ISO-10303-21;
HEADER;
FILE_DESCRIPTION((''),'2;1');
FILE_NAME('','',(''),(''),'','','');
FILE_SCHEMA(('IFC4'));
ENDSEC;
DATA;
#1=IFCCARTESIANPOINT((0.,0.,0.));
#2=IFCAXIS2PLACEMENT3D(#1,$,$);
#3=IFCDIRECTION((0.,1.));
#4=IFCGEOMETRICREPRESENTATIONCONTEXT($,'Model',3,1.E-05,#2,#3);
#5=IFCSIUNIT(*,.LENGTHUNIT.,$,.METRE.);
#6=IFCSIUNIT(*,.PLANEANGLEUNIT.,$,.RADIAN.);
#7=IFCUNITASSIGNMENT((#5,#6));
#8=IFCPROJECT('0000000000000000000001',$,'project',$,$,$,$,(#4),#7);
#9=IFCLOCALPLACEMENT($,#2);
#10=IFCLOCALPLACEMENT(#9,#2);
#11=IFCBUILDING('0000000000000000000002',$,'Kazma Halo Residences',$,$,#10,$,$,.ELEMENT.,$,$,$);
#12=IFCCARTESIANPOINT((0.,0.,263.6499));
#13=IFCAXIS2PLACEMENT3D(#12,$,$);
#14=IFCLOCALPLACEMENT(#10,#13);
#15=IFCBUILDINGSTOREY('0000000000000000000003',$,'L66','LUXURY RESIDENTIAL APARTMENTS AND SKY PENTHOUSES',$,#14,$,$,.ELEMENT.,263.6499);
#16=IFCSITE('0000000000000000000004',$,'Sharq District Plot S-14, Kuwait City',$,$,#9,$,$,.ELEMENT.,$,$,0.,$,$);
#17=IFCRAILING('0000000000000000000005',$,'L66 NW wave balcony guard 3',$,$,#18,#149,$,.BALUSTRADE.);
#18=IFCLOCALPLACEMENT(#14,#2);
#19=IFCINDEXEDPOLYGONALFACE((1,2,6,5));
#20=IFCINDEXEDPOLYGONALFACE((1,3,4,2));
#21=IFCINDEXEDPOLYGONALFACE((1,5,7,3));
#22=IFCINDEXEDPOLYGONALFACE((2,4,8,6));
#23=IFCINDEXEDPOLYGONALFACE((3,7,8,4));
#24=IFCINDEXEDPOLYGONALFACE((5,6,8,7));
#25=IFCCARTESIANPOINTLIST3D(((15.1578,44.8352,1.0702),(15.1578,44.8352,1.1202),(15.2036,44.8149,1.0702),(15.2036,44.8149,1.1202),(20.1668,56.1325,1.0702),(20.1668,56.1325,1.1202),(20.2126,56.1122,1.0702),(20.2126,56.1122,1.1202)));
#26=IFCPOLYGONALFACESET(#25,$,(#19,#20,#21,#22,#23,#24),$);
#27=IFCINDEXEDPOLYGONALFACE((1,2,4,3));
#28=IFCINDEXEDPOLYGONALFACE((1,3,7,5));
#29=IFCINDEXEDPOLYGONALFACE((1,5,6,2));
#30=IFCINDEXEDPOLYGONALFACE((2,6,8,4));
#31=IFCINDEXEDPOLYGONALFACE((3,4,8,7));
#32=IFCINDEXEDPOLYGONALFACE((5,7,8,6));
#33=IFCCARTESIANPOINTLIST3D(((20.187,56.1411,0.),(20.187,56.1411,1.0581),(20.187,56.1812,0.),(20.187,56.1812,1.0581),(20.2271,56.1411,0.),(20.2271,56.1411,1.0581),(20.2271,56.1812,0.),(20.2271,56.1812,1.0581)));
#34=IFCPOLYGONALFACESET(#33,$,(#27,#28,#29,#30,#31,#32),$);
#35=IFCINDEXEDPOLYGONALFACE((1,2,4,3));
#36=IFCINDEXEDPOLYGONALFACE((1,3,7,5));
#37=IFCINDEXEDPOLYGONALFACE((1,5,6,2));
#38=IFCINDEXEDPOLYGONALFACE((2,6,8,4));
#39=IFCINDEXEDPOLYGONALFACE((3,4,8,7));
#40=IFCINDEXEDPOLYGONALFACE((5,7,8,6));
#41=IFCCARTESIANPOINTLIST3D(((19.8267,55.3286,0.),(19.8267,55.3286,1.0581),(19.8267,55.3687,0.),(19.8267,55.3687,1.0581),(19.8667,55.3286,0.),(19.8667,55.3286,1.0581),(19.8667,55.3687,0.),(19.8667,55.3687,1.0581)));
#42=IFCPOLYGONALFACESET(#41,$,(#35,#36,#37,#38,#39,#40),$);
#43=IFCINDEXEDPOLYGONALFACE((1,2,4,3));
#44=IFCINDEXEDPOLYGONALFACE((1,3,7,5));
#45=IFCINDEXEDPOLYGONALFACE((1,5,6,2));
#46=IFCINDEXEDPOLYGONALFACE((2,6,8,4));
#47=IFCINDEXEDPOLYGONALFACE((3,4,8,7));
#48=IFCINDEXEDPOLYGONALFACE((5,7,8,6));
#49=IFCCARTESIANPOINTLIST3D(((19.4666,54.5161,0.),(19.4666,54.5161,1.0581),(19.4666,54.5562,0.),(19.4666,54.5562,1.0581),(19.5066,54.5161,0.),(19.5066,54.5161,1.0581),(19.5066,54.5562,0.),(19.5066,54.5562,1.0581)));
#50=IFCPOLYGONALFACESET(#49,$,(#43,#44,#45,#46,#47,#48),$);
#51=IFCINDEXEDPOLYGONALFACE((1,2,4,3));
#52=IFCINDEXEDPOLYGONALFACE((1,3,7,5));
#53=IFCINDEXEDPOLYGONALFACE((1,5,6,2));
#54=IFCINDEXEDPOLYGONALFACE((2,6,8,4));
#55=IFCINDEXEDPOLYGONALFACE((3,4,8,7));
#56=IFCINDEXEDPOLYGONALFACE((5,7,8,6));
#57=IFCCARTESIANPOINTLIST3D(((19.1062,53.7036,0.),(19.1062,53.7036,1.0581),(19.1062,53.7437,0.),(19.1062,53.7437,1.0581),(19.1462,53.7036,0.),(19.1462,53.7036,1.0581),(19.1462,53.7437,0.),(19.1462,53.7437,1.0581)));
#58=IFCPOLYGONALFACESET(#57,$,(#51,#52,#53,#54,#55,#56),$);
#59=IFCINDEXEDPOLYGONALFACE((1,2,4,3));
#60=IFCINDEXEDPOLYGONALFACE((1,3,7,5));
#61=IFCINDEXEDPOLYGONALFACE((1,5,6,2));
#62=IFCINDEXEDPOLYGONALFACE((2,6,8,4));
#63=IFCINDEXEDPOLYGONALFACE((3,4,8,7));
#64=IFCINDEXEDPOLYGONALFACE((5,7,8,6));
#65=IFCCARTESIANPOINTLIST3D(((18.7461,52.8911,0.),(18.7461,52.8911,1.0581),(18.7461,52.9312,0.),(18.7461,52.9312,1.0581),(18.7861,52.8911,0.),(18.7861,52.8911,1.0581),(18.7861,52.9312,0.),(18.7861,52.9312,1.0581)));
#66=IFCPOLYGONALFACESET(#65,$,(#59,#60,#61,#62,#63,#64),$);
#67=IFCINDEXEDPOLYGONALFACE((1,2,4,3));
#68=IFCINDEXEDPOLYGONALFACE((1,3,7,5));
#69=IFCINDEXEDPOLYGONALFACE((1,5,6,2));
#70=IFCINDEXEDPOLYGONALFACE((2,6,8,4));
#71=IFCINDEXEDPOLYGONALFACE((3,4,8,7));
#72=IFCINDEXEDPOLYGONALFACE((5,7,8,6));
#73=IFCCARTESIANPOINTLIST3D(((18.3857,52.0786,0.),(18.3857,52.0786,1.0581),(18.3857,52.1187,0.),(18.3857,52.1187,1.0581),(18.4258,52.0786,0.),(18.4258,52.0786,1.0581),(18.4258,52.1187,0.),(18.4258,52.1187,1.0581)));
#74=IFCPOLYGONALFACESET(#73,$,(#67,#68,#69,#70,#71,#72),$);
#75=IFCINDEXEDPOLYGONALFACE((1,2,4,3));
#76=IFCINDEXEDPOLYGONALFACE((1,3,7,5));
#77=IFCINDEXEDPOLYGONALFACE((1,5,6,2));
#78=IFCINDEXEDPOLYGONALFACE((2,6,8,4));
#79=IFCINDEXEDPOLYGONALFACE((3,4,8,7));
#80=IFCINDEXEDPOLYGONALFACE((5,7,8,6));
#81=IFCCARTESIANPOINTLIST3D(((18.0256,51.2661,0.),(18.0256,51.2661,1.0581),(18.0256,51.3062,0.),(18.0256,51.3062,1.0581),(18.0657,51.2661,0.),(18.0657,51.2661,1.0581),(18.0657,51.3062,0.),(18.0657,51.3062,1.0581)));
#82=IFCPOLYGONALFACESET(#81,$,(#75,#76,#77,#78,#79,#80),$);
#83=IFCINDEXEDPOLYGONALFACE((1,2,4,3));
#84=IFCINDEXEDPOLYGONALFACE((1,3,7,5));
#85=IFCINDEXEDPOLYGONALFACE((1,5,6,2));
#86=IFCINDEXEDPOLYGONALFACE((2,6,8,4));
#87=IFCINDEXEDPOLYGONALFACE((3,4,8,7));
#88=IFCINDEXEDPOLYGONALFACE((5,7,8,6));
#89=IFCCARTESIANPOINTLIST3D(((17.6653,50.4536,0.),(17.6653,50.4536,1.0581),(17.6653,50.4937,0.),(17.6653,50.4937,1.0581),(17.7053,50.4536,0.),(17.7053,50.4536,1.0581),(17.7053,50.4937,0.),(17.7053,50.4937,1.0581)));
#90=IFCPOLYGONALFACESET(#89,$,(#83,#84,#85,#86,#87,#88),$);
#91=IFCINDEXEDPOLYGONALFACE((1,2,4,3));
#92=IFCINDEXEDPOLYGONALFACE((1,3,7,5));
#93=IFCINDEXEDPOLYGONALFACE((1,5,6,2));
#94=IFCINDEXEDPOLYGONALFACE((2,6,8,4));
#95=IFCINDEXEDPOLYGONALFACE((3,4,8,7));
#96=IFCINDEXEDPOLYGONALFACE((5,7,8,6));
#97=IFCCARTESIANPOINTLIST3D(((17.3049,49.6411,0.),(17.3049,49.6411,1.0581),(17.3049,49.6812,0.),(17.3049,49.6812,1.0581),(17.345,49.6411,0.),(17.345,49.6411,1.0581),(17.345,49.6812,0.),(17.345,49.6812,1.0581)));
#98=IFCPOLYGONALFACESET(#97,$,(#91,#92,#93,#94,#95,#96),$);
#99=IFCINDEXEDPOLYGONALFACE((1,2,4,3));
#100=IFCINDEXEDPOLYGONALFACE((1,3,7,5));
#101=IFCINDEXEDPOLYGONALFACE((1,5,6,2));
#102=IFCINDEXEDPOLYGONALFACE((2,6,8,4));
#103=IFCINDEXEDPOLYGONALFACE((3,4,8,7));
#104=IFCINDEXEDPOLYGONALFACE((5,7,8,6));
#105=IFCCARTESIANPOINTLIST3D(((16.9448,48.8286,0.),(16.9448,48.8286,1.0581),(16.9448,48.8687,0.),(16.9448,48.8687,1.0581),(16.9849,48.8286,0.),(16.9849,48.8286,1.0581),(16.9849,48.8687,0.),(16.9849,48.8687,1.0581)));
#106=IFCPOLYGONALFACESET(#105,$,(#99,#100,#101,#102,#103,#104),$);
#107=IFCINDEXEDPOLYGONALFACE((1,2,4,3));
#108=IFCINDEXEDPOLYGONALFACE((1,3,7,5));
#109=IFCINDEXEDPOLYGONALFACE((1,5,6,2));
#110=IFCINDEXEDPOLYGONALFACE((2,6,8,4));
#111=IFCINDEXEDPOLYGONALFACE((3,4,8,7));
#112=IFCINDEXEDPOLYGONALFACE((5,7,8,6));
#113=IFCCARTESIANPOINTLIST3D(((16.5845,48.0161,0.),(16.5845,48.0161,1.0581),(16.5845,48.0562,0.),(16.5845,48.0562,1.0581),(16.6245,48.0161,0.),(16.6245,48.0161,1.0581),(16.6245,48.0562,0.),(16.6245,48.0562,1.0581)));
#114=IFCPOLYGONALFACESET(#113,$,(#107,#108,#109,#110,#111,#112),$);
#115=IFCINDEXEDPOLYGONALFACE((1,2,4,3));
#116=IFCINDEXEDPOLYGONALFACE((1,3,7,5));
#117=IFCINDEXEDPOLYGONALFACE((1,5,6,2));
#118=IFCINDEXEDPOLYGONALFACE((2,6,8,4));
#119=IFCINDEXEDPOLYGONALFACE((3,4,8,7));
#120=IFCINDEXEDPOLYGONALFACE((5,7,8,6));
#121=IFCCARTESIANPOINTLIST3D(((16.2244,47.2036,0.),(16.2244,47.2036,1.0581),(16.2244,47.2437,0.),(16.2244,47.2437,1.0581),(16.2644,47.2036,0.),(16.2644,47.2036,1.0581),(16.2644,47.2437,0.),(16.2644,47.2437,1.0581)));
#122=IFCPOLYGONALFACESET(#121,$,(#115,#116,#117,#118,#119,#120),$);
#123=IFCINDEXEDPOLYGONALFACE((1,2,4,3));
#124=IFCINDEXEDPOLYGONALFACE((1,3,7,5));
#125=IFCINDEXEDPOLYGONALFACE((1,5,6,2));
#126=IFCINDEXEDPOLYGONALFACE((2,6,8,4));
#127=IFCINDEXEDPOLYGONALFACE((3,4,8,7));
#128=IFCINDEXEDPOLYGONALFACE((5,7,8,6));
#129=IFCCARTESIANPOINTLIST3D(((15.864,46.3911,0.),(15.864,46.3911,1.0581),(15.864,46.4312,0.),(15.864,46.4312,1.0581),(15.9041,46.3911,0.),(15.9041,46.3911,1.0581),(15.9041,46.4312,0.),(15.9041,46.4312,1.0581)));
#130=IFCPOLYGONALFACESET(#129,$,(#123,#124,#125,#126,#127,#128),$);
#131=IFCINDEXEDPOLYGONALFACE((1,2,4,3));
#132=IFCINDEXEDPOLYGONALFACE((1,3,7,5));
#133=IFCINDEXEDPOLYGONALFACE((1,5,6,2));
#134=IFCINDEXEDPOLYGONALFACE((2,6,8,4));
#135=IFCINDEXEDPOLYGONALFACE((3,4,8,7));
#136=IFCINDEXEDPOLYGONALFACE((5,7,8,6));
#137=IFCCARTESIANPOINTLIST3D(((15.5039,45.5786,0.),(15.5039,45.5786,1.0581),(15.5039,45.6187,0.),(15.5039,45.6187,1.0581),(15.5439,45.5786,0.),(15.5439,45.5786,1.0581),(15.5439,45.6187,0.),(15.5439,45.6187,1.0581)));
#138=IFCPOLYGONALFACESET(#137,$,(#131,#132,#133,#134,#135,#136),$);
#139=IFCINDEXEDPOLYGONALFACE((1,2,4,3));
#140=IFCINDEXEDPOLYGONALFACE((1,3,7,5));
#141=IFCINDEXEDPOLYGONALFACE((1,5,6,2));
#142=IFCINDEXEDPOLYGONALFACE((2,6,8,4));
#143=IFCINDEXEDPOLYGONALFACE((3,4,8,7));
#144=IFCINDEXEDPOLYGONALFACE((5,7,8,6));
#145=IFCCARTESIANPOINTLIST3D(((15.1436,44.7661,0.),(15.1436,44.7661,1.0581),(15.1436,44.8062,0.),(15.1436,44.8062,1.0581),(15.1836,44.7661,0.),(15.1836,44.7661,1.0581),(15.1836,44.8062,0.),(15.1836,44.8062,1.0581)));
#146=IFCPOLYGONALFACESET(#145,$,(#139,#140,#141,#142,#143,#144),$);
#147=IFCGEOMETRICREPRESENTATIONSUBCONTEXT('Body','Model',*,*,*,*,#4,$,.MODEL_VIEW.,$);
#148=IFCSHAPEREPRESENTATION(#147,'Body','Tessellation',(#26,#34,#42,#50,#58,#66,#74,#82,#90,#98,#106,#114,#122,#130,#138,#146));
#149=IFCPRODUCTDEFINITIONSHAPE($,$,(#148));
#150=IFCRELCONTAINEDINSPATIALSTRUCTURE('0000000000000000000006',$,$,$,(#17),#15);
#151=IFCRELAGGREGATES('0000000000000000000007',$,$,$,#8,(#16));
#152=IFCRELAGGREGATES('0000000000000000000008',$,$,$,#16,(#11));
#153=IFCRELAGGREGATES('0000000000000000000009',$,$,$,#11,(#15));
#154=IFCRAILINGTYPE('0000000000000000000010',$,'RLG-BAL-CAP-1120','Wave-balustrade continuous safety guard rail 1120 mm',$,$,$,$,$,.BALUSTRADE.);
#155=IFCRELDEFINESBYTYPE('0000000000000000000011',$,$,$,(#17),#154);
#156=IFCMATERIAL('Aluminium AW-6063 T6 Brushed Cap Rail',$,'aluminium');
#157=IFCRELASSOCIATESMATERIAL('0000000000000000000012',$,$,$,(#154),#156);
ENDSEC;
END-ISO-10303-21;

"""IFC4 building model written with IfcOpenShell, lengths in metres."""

from ifc_helpers import new_model, si_unit, direction, frame, origin, origin_2d, place, context, subcontext, project, spatial, rectangle, extrude, material, type_object, element, save


model = new_model("IFC4")

# Units and contexts
model_context = context("Model", 3, precision=1e-05, world=origin(), true_north=direction((0.0, 1.0)))
body_context = subcontext(model_context, "Body", "Model", "MODEL_VIEW")
ifc_project = project(units=[si_unit("LENGTHUNIT", "METRE"), si_unit("PLANEANGLEUNIT", "RADIAN")], contexts=[model_context])

# Site, building, storey
site_placement = place(None, origin())
site = spatial("IfcSite", under=ifc_project, at=site_placement, Name="Sharq District Plot S-14, Kuwait City", CompositionType="ELEMENT", RefElevation=0.0)
building_placement = place(site_placement, origin())
building = spatial("IfcBuilding", under=site, at=building_placement, Name="Kazma Halo Residences", CompositionType="ELEMENT")
storey_placement = place(building_placement, frame((0.0, 0.0, 263.6499)))
storey = spatial("IfcBuildingStorey", under=building, at=storey_placement, Name="L66", Description="LUXURY RESIDENTIAL APARTMENTS AND SKY PENTHOUSES", CompositionType="ELEMENT", Elevation=263.6499)

# Railing
ifc_material_1 = material(Name="Aluminium AW-6063 T6 Brushed Cap Rail", Category="aluminium")
railing_type = type_object("IfcRailingType", Name="RLG-BAL-CAP-1120", Description="Wave-balustrade continuous safety guard rail 1120 mm", PredefinedType="BALUSTRADE", material=ifc_material_1)
railing_1_placement = place(storey_placement, frame((20.207, 56.1611, 0.0)))
element("IfcRailing", 1, at=railing_1_placement, inside=storey, type_object=railing_type, Name="L66 NW wave balcony guard 3", PredefinedType="BALUSTRADE", context=body_context, shape_type="SweptSolid", body=[
    extrude(rectangle(XDim=0.05, YDim=0.05, at=origin_2d()), frame((-0.0173, -0.0388, 1.0952), z_axis=(-0.405326, -0.914172, 0.0), x_axis=(0.914172, -0.405326, 0.0)), (0.0, 0.0, 1.0), 12.3579),
    extrude(rectangle(XDim=0.04, YDim=0.04, at=origin_2d()), origin(), (0.0, 0.0, 1.0), 1.0581),
    extrude(rectangle(XDim=0.04, YDim=0.04, at=origin_2d()), frame((-0.3604, -0.8125, 0.0)), (0.0, 0.0, 1.0), 1.0581),
    extrude(rectangle(XDim=0.04, YDim=0.04, at=origin_2d()), frame((-0.7205, -1.625, 0.0)), (0.0, 0.0, 1.0), 1.0581),
    extrude(rectangle(XDim=0.04, YDim=0.04, at=origin_2d()), frame((-1.0808, -2.4375, 0.0)), (0.0, 0.0, 1.0), 1.0581),
    extrude(rectangle(XDim=0.04, YDim=0.04, at=origin_2d()), frame((-1.4409, -3.25, 0.0)), (0.0, 0.0, 1.0), 1.0581),
    extrude(rectangle(XDim=0.04, YDim=0.04, at=origin_2d()), frame((-1.8013, -4.0625, 0.0)), (0.0, 0.0, 1.0), 1.0581),
    extrude(rectangle(XDim=0.04, YDim=0.04, at=origin_2d()), frame((-2.1614, -4.875, 0.0)), (0.0, 0.0, 1.0), 1.0581),
    extrude(rectangle(XDim=0.04, YDim=0.04, at=origin_2d()), frame((-2.5217, -5.6875, 0.0)), (0.0, 0.0, 1.0), 1.0581),
    extrude(rectangle(XDim=0.04, YDim=0.04, at=origin_2d()), frame((-2.8821, -6.5, 0.0)), (0.0, 0.0, 1.0), 1.0581),
    extrude(rectangle(XDim=0.04, YDim=0.04, at=origin_2d()), frame((-3.2422, -7.3125, 0.0)), (0.0, 0.0, 1.0), 1.0581),
    extrude(rectangle(XDim=0.04, YDim=0.04, at=origin_2d()), frame((-3.6025, -8.125, 0.0)), (0.0, 0.0, 1.0), 1.0581),
    extrude(rectangle(XDim=0.04, YDim=0.04, at=origin_2d()), frame((-3.9626, -8.9375, 0.0)), (0.0, 0.0, 1.0), 1.0581),
    extrude(rectangle(XDim=0.04, YDim=0.04, at=origin_2d()), frame((-4.323, -9.75, 0.0)), (0.0, 0.0, 1.0), 1.0581),
    extrude(rectangle(XDim=0.04, YDim=0.04, at=origin_2d()), frame((-4.6831, -10.5625, 0.0)), (0.0, 0.0, 1.0), 1.0581),
    extrude(rectangle(XDim=0.04, YDim=0.04, at=origin_2d()), frame((-5.0435, -11.375, 0.0)), (0.0, 0.0, 1.0), 1.0581),
])

save(model, "model.ifc")
